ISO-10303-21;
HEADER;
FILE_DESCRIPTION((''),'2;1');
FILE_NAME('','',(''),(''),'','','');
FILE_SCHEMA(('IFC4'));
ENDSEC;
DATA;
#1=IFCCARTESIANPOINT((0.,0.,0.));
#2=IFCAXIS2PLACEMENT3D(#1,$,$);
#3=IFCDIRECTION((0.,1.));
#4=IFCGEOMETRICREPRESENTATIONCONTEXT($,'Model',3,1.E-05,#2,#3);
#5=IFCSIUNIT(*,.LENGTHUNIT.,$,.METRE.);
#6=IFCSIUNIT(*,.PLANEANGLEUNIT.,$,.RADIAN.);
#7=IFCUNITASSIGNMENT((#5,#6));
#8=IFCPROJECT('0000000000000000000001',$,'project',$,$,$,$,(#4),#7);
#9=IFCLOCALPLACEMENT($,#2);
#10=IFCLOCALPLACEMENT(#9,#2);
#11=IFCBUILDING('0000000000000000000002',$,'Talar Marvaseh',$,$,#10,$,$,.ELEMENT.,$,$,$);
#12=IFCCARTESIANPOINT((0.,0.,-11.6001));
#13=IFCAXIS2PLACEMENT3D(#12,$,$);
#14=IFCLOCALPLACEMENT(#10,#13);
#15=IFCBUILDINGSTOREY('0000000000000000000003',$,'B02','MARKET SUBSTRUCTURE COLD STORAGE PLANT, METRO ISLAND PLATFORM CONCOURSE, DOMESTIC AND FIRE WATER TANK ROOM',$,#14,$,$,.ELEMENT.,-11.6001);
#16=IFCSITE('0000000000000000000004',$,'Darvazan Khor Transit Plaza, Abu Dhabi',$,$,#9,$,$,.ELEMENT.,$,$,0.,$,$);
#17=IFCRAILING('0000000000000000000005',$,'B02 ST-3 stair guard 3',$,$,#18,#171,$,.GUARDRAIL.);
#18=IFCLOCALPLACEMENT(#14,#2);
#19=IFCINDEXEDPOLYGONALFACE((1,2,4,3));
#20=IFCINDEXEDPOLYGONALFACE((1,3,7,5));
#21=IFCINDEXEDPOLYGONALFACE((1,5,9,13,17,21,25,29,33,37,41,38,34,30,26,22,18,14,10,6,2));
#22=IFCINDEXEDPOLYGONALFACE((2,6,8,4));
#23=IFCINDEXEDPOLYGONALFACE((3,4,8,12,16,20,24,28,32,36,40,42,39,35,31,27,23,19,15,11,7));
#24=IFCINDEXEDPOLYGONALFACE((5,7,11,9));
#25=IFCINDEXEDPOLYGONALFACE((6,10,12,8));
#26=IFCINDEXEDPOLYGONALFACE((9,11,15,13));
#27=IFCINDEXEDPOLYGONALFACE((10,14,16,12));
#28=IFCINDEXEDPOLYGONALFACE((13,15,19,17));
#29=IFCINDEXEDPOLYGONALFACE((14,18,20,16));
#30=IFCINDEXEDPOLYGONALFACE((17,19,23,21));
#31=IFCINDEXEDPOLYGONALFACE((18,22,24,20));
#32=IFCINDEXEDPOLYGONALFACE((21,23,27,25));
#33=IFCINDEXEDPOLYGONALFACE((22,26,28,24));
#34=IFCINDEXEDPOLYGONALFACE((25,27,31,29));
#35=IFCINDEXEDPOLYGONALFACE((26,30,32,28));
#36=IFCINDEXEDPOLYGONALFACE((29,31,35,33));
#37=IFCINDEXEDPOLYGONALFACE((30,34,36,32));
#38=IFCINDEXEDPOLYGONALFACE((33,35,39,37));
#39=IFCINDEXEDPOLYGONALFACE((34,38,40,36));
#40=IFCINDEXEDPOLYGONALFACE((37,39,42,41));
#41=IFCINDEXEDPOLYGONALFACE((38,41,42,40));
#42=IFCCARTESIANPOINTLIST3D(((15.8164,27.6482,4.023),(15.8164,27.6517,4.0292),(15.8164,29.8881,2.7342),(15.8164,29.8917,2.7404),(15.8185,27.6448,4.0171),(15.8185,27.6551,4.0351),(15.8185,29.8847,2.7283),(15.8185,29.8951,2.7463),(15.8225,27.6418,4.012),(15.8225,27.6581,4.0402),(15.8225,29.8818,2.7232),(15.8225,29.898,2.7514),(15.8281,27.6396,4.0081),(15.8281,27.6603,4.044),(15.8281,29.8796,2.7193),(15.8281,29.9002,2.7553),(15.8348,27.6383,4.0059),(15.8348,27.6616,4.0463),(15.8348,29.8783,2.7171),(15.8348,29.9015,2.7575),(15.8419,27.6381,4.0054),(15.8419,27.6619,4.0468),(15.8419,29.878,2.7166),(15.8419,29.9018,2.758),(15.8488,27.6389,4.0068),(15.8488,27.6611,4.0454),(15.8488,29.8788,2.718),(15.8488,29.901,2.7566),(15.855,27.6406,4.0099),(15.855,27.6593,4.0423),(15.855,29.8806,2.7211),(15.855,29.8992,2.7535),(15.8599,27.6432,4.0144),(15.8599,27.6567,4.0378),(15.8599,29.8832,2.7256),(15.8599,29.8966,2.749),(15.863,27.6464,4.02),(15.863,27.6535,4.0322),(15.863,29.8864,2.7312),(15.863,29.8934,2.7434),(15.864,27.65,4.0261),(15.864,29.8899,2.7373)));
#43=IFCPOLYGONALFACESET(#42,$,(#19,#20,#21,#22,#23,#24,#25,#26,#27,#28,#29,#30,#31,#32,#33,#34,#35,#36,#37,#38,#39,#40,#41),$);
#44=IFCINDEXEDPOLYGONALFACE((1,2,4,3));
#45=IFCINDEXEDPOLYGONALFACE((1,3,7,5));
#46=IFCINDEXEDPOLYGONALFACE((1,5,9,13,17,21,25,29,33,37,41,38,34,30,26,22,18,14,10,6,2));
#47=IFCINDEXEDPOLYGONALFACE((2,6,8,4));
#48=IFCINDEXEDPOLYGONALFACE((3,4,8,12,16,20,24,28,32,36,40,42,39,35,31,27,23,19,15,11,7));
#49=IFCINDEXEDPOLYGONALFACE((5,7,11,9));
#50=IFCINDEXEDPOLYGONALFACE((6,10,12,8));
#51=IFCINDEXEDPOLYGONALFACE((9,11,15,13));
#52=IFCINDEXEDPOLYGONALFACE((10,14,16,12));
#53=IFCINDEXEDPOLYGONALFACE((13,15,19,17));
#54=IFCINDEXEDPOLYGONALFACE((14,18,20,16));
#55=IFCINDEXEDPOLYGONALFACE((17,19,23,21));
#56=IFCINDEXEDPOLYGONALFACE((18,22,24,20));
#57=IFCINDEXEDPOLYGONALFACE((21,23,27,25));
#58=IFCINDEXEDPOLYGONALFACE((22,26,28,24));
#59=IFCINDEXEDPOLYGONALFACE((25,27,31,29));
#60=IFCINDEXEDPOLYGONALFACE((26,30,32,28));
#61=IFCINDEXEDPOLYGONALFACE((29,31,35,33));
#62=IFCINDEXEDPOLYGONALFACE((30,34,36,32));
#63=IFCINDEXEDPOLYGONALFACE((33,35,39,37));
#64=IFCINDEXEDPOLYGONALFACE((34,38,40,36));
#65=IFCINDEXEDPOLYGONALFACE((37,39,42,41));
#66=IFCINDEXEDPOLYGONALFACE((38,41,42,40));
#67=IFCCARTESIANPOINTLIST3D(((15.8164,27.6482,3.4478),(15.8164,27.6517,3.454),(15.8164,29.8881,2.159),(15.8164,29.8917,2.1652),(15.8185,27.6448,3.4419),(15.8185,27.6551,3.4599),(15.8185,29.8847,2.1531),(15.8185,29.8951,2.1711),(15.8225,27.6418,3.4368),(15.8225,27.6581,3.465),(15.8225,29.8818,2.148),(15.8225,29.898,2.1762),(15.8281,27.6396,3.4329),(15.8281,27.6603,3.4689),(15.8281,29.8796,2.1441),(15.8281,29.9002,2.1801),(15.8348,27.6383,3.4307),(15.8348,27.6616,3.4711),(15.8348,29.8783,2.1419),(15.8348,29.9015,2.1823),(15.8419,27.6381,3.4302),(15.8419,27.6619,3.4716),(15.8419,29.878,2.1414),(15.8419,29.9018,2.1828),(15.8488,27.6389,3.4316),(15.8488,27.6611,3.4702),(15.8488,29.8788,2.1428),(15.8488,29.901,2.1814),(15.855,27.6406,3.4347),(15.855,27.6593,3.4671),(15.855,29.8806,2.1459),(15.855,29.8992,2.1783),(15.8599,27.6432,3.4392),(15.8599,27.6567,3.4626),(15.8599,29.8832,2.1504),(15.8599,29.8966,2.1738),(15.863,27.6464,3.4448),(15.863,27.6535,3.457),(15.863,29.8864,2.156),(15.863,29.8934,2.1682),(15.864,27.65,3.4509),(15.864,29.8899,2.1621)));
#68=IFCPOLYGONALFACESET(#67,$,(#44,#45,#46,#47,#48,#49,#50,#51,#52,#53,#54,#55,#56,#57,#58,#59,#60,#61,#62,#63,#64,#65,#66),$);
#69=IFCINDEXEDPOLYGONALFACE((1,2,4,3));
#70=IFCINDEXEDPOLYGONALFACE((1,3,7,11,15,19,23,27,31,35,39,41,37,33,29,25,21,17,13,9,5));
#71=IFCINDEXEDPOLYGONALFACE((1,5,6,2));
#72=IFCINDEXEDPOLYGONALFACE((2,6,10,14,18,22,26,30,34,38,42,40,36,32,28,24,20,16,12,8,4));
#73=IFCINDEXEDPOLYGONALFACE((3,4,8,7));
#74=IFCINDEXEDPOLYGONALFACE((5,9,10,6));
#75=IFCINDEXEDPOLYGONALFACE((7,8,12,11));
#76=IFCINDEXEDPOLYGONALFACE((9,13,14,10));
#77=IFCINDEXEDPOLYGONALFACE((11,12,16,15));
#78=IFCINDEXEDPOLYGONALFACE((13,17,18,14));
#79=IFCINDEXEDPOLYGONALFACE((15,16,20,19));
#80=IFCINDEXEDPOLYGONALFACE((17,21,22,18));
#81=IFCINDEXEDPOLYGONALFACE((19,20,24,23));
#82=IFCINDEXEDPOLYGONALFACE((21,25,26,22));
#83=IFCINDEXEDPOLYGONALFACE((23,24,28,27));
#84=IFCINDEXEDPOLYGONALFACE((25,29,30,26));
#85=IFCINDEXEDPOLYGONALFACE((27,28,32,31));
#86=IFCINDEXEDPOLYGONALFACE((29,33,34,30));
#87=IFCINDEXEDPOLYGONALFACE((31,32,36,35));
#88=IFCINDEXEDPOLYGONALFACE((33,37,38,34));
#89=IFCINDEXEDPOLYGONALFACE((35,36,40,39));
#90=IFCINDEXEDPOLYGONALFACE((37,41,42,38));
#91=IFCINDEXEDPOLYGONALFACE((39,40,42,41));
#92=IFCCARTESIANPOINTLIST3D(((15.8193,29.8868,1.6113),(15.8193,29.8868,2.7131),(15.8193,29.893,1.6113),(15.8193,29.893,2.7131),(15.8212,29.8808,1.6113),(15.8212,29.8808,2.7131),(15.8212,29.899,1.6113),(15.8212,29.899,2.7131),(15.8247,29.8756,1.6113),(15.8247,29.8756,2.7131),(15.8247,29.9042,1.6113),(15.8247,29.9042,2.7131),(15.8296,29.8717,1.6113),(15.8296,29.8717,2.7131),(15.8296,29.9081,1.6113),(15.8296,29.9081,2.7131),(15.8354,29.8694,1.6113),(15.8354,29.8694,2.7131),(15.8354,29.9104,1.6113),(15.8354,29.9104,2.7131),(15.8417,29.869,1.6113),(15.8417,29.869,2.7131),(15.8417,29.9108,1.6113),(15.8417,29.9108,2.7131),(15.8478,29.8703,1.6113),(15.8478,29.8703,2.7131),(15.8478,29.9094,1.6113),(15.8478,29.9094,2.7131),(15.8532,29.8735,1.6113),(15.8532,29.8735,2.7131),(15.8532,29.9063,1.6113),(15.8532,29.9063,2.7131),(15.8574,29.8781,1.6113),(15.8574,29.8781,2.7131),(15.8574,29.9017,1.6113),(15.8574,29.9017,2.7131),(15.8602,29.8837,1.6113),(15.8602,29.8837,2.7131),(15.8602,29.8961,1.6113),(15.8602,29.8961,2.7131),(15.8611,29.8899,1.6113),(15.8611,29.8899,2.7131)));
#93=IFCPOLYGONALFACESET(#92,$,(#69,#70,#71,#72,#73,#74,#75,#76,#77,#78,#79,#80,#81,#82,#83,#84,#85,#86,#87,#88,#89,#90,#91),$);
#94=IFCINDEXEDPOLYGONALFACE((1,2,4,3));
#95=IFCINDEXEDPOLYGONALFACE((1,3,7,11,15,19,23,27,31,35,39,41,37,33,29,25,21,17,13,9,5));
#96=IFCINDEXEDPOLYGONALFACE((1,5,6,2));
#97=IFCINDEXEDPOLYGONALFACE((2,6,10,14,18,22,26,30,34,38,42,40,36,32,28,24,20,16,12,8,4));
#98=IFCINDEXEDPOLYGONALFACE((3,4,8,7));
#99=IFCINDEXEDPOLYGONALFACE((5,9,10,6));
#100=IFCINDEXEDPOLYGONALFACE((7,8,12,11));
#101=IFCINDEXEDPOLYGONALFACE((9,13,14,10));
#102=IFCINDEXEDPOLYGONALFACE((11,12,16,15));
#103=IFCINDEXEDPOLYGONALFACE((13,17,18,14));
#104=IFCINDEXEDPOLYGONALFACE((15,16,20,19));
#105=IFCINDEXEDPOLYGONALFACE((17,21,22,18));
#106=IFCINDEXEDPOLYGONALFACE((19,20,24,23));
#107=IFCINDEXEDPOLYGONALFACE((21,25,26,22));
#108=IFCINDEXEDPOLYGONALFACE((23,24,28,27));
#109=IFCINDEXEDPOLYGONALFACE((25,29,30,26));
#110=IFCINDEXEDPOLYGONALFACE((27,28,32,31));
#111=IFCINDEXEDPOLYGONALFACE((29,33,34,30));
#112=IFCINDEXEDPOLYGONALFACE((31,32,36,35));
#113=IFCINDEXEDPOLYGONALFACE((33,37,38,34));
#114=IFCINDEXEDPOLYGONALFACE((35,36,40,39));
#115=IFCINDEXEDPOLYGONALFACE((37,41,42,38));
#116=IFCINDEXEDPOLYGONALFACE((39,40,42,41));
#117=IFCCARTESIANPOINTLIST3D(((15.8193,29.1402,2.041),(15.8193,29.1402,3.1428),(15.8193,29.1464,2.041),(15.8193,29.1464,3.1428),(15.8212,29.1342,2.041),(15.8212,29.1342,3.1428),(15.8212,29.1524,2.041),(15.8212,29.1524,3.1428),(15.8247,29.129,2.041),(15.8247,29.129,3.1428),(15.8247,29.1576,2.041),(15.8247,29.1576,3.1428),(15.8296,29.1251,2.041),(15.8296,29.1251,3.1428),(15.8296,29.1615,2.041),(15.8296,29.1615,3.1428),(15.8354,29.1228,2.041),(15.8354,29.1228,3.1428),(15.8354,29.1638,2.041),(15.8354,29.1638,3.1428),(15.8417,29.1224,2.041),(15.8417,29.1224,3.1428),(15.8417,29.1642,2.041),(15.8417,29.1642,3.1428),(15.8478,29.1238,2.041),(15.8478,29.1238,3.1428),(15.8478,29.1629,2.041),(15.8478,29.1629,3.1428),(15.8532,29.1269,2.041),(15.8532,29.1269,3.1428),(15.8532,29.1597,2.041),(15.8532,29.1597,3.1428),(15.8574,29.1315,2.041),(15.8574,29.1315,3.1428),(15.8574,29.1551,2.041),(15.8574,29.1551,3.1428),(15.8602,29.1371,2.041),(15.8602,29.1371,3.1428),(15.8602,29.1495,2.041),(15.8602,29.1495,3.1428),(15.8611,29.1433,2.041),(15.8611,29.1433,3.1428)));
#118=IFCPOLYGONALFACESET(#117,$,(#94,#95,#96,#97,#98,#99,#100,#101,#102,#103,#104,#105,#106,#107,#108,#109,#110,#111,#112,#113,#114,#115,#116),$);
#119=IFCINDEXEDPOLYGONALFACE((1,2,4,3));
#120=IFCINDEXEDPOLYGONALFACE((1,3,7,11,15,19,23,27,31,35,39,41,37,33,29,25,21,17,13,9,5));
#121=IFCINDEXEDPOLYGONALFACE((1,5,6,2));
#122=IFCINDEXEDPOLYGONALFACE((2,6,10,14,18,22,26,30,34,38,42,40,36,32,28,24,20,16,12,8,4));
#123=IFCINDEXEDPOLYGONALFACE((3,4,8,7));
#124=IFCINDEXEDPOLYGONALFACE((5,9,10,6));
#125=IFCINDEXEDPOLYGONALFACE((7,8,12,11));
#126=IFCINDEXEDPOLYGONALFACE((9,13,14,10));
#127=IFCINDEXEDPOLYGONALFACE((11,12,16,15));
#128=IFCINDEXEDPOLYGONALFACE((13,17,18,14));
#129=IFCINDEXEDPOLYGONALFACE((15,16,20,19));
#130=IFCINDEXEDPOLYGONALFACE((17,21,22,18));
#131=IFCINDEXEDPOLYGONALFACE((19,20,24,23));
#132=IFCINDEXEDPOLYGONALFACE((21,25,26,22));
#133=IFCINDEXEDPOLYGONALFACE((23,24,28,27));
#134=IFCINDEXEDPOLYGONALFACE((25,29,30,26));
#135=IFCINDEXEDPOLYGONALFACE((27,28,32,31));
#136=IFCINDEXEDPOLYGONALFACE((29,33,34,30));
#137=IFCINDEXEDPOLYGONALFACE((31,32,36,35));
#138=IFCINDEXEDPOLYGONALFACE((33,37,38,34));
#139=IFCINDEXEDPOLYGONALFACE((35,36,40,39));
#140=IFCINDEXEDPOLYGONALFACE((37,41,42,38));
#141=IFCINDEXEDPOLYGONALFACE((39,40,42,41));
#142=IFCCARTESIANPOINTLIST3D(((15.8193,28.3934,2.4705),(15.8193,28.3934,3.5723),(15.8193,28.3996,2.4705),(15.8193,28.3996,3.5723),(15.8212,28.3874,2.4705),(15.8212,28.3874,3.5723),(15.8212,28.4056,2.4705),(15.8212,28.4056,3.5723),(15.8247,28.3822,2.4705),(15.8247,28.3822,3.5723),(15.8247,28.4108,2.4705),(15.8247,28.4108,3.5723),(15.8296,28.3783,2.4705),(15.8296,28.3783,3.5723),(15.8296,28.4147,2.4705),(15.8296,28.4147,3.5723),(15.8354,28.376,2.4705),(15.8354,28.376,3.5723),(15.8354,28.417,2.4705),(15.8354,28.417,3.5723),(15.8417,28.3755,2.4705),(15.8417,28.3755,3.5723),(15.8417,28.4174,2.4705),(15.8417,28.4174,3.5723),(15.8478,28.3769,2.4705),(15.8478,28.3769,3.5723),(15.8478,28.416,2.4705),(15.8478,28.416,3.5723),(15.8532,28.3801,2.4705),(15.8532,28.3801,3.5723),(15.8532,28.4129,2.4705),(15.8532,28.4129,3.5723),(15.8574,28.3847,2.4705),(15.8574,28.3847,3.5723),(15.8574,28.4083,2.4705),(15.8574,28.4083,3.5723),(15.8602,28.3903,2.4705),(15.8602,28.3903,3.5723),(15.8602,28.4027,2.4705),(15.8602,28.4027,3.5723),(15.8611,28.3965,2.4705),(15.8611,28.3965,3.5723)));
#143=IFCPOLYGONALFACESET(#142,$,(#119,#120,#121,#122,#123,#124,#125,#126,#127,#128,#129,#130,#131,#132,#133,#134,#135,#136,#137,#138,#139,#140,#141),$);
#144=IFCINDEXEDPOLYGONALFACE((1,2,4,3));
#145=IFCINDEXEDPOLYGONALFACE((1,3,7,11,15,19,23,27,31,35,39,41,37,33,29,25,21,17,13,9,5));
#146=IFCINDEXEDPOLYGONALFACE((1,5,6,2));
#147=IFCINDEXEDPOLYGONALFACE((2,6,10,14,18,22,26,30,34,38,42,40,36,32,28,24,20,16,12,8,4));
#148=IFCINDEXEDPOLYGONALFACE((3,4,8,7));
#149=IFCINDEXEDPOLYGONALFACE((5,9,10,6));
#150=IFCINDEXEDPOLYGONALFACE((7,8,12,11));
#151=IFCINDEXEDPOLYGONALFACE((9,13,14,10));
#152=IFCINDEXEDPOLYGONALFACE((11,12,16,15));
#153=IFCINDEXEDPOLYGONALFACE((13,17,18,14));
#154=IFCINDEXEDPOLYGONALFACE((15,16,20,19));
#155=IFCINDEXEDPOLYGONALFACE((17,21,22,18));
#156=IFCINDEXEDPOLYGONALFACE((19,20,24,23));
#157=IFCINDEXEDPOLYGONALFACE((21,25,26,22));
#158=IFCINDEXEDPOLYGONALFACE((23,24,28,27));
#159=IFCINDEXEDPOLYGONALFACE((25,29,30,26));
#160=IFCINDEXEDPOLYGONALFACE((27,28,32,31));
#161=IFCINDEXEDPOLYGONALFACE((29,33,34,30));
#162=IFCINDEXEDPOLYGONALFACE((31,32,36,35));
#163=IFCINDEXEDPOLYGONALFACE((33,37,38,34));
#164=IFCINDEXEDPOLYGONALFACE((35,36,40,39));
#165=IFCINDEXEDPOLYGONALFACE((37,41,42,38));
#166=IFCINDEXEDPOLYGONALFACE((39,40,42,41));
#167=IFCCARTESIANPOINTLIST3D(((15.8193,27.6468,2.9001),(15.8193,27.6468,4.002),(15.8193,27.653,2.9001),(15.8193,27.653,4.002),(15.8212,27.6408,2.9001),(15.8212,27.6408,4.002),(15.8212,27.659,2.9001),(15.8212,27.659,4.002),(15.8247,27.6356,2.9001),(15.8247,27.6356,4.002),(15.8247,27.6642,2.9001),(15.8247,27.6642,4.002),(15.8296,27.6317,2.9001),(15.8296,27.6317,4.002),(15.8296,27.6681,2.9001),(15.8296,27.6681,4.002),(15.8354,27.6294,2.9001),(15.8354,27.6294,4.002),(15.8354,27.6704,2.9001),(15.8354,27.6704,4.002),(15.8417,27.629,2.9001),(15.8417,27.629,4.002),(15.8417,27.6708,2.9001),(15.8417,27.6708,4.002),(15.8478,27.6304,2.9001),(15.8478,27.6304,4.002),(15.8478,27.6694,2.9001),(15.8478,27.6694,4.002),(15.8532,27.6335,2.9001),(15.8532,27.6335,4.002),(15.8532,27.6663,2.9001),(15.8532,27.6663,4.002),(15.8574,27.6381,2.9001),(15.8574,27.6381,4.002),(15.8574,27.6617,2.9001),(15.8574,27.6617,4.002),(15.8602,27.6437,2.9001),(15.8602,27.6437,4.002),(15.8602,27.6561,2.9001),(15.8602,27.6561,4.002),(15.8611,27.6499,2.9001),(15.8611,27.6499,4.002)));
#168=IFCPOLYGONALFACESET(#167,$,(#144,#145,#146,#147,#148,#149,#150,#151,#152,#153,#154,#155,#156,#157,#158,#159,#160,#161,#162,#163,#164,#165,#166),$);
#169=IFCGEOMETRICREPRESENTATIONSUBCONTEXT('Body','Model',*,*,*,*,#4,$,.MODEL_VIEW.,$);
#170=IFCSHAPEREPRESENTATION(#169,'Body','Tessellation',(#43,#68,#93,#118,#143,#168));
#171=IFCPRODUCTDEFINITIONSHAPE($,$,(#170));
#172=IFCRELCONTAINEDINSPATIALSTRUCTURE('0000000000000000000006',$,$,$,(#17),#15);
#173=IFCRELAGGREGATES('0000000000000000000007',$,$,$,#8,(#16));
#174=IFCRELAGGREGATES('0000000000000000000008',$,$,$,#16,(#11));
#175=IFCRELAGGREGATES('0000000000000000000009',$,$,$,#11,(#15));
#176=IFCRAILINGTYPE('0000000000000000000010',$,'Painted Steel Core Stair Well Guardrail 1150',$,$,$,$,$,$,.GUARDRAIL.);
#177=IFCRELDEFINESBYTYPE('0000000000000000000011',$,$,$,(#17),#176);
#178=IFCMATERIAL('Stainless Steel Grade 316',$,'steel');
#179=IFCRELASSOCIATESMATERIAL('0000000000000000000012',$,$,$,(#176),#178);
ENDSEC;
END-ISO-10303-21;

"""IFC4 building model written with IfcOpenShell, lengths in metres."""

from ifc_helpers import new_model, si_unit, direction, frame, origin, origin_2d, place, context, subcontext, project, spatial, circle, extrude, material, type_object, element, save


model = new_model("IFC4")

# Units and contexts
model_context = context("Model", 3, precision=1e-05, world=origin(), true_north=direction((0.0, 1.0)))
body_context = subcontext(model_context, "Body", "Model", "MODEL_VIEW")
ifc_project = project(units=[si_unit("LENGTHUNIT", "METRE"), si_unit("PLANEANGLEUNIT", "RADIAN")], contexts=[model_context])

# Site, building, storey
site_placement = place(None, origin())
site = spatial("IfcSite", under=ifc_project, at=site_placement, Name="Darvazan Khor Transit Plaza, Abu Dhabi", CompositionType="ELEMENT", RefElevation=0.0)
building_placement = place(site_placement, origin())
building = spatial("IfcBuilding", under=site, at=building_placement, Name="Talar Marvaseh", CompositionType="ELEMENT")
storey_placement = place(building_placement, frame((0.0, 0.0, -11.6001)))
storey = spatial("IfcBuildingStorey", under=building, at=storey_placement, Name="B02", Description="MARKET SUBSTRUCTURE COLD STORAGE PLANT, METRO ISLAND PLATFORM CONCOURSE, DOMESTIC AND FIRE WATER TANK ROOM", CompositionType="ELEMENT", Elevation=-11.6001)

# Railing
ifc_material_1 = material(Name="Stainless Steel Grade 316", Category="steel")
railing_type_1 = type_object("IfcRailingType", Name="Painted Steel Core Stair Well Guardrail 1150", PredefinedType="GUARDRAIL", material=ifc_material_1)
railing_1_placement = place(storey_placement, frame((15.8401, 29.8899, 1.6113)))
element("IfcRailing", 1, at=railing_1_placement, inside=storey, type_object=railing_type_1, Name="B02 ST-3 stair guard 3", PredefinedType="GUARDRAIL", context=body_context, shape_type="SweptSolid", body=[
    extrude(circle(Radius=0.0239, at=origin_2d()), frame((0.0, 0.0, 1.126), z_axis=(0.0, -0.866768, 0.498711), x_axis=(1.0, 0.0, 0.0)), (0.0, 0.0, 1.0), 2.5842),
    extrude(circle(Radius=0.0239, at=origin_2d()), frame((0.0, 0.0, 0.5508), z_axis=(0.0, -0.866768, 0.498711), x_axis=(1.0, 0.0, 0.0)), (0.0, 0.0, 1.0), 2.5842),
    extrude(circle(Radius=0.021, at=origin_2d()), origin(), (0.0, 0.0, 1.0), 1.1018),
    extrude(circle(Radius=0.021, at=origin_2d()), frame((0.0, -0.7466, 0.4297)), (0.0, 0.0, 1.0), 1.1018),
    extrude(circle(Radius=0.021, at=origin_2d()), frame((0.0, -1.4934, 0.8591)), (0.0, 0.0, 1.0), 1.1018),
    extrude(circle(Radius=0.021, at=origin_2d()), frame((0.0, -2.24, 1.2888)), (0.0, 0.0, 1.0), 1.1018),
])

save(model, "model.ifc")
